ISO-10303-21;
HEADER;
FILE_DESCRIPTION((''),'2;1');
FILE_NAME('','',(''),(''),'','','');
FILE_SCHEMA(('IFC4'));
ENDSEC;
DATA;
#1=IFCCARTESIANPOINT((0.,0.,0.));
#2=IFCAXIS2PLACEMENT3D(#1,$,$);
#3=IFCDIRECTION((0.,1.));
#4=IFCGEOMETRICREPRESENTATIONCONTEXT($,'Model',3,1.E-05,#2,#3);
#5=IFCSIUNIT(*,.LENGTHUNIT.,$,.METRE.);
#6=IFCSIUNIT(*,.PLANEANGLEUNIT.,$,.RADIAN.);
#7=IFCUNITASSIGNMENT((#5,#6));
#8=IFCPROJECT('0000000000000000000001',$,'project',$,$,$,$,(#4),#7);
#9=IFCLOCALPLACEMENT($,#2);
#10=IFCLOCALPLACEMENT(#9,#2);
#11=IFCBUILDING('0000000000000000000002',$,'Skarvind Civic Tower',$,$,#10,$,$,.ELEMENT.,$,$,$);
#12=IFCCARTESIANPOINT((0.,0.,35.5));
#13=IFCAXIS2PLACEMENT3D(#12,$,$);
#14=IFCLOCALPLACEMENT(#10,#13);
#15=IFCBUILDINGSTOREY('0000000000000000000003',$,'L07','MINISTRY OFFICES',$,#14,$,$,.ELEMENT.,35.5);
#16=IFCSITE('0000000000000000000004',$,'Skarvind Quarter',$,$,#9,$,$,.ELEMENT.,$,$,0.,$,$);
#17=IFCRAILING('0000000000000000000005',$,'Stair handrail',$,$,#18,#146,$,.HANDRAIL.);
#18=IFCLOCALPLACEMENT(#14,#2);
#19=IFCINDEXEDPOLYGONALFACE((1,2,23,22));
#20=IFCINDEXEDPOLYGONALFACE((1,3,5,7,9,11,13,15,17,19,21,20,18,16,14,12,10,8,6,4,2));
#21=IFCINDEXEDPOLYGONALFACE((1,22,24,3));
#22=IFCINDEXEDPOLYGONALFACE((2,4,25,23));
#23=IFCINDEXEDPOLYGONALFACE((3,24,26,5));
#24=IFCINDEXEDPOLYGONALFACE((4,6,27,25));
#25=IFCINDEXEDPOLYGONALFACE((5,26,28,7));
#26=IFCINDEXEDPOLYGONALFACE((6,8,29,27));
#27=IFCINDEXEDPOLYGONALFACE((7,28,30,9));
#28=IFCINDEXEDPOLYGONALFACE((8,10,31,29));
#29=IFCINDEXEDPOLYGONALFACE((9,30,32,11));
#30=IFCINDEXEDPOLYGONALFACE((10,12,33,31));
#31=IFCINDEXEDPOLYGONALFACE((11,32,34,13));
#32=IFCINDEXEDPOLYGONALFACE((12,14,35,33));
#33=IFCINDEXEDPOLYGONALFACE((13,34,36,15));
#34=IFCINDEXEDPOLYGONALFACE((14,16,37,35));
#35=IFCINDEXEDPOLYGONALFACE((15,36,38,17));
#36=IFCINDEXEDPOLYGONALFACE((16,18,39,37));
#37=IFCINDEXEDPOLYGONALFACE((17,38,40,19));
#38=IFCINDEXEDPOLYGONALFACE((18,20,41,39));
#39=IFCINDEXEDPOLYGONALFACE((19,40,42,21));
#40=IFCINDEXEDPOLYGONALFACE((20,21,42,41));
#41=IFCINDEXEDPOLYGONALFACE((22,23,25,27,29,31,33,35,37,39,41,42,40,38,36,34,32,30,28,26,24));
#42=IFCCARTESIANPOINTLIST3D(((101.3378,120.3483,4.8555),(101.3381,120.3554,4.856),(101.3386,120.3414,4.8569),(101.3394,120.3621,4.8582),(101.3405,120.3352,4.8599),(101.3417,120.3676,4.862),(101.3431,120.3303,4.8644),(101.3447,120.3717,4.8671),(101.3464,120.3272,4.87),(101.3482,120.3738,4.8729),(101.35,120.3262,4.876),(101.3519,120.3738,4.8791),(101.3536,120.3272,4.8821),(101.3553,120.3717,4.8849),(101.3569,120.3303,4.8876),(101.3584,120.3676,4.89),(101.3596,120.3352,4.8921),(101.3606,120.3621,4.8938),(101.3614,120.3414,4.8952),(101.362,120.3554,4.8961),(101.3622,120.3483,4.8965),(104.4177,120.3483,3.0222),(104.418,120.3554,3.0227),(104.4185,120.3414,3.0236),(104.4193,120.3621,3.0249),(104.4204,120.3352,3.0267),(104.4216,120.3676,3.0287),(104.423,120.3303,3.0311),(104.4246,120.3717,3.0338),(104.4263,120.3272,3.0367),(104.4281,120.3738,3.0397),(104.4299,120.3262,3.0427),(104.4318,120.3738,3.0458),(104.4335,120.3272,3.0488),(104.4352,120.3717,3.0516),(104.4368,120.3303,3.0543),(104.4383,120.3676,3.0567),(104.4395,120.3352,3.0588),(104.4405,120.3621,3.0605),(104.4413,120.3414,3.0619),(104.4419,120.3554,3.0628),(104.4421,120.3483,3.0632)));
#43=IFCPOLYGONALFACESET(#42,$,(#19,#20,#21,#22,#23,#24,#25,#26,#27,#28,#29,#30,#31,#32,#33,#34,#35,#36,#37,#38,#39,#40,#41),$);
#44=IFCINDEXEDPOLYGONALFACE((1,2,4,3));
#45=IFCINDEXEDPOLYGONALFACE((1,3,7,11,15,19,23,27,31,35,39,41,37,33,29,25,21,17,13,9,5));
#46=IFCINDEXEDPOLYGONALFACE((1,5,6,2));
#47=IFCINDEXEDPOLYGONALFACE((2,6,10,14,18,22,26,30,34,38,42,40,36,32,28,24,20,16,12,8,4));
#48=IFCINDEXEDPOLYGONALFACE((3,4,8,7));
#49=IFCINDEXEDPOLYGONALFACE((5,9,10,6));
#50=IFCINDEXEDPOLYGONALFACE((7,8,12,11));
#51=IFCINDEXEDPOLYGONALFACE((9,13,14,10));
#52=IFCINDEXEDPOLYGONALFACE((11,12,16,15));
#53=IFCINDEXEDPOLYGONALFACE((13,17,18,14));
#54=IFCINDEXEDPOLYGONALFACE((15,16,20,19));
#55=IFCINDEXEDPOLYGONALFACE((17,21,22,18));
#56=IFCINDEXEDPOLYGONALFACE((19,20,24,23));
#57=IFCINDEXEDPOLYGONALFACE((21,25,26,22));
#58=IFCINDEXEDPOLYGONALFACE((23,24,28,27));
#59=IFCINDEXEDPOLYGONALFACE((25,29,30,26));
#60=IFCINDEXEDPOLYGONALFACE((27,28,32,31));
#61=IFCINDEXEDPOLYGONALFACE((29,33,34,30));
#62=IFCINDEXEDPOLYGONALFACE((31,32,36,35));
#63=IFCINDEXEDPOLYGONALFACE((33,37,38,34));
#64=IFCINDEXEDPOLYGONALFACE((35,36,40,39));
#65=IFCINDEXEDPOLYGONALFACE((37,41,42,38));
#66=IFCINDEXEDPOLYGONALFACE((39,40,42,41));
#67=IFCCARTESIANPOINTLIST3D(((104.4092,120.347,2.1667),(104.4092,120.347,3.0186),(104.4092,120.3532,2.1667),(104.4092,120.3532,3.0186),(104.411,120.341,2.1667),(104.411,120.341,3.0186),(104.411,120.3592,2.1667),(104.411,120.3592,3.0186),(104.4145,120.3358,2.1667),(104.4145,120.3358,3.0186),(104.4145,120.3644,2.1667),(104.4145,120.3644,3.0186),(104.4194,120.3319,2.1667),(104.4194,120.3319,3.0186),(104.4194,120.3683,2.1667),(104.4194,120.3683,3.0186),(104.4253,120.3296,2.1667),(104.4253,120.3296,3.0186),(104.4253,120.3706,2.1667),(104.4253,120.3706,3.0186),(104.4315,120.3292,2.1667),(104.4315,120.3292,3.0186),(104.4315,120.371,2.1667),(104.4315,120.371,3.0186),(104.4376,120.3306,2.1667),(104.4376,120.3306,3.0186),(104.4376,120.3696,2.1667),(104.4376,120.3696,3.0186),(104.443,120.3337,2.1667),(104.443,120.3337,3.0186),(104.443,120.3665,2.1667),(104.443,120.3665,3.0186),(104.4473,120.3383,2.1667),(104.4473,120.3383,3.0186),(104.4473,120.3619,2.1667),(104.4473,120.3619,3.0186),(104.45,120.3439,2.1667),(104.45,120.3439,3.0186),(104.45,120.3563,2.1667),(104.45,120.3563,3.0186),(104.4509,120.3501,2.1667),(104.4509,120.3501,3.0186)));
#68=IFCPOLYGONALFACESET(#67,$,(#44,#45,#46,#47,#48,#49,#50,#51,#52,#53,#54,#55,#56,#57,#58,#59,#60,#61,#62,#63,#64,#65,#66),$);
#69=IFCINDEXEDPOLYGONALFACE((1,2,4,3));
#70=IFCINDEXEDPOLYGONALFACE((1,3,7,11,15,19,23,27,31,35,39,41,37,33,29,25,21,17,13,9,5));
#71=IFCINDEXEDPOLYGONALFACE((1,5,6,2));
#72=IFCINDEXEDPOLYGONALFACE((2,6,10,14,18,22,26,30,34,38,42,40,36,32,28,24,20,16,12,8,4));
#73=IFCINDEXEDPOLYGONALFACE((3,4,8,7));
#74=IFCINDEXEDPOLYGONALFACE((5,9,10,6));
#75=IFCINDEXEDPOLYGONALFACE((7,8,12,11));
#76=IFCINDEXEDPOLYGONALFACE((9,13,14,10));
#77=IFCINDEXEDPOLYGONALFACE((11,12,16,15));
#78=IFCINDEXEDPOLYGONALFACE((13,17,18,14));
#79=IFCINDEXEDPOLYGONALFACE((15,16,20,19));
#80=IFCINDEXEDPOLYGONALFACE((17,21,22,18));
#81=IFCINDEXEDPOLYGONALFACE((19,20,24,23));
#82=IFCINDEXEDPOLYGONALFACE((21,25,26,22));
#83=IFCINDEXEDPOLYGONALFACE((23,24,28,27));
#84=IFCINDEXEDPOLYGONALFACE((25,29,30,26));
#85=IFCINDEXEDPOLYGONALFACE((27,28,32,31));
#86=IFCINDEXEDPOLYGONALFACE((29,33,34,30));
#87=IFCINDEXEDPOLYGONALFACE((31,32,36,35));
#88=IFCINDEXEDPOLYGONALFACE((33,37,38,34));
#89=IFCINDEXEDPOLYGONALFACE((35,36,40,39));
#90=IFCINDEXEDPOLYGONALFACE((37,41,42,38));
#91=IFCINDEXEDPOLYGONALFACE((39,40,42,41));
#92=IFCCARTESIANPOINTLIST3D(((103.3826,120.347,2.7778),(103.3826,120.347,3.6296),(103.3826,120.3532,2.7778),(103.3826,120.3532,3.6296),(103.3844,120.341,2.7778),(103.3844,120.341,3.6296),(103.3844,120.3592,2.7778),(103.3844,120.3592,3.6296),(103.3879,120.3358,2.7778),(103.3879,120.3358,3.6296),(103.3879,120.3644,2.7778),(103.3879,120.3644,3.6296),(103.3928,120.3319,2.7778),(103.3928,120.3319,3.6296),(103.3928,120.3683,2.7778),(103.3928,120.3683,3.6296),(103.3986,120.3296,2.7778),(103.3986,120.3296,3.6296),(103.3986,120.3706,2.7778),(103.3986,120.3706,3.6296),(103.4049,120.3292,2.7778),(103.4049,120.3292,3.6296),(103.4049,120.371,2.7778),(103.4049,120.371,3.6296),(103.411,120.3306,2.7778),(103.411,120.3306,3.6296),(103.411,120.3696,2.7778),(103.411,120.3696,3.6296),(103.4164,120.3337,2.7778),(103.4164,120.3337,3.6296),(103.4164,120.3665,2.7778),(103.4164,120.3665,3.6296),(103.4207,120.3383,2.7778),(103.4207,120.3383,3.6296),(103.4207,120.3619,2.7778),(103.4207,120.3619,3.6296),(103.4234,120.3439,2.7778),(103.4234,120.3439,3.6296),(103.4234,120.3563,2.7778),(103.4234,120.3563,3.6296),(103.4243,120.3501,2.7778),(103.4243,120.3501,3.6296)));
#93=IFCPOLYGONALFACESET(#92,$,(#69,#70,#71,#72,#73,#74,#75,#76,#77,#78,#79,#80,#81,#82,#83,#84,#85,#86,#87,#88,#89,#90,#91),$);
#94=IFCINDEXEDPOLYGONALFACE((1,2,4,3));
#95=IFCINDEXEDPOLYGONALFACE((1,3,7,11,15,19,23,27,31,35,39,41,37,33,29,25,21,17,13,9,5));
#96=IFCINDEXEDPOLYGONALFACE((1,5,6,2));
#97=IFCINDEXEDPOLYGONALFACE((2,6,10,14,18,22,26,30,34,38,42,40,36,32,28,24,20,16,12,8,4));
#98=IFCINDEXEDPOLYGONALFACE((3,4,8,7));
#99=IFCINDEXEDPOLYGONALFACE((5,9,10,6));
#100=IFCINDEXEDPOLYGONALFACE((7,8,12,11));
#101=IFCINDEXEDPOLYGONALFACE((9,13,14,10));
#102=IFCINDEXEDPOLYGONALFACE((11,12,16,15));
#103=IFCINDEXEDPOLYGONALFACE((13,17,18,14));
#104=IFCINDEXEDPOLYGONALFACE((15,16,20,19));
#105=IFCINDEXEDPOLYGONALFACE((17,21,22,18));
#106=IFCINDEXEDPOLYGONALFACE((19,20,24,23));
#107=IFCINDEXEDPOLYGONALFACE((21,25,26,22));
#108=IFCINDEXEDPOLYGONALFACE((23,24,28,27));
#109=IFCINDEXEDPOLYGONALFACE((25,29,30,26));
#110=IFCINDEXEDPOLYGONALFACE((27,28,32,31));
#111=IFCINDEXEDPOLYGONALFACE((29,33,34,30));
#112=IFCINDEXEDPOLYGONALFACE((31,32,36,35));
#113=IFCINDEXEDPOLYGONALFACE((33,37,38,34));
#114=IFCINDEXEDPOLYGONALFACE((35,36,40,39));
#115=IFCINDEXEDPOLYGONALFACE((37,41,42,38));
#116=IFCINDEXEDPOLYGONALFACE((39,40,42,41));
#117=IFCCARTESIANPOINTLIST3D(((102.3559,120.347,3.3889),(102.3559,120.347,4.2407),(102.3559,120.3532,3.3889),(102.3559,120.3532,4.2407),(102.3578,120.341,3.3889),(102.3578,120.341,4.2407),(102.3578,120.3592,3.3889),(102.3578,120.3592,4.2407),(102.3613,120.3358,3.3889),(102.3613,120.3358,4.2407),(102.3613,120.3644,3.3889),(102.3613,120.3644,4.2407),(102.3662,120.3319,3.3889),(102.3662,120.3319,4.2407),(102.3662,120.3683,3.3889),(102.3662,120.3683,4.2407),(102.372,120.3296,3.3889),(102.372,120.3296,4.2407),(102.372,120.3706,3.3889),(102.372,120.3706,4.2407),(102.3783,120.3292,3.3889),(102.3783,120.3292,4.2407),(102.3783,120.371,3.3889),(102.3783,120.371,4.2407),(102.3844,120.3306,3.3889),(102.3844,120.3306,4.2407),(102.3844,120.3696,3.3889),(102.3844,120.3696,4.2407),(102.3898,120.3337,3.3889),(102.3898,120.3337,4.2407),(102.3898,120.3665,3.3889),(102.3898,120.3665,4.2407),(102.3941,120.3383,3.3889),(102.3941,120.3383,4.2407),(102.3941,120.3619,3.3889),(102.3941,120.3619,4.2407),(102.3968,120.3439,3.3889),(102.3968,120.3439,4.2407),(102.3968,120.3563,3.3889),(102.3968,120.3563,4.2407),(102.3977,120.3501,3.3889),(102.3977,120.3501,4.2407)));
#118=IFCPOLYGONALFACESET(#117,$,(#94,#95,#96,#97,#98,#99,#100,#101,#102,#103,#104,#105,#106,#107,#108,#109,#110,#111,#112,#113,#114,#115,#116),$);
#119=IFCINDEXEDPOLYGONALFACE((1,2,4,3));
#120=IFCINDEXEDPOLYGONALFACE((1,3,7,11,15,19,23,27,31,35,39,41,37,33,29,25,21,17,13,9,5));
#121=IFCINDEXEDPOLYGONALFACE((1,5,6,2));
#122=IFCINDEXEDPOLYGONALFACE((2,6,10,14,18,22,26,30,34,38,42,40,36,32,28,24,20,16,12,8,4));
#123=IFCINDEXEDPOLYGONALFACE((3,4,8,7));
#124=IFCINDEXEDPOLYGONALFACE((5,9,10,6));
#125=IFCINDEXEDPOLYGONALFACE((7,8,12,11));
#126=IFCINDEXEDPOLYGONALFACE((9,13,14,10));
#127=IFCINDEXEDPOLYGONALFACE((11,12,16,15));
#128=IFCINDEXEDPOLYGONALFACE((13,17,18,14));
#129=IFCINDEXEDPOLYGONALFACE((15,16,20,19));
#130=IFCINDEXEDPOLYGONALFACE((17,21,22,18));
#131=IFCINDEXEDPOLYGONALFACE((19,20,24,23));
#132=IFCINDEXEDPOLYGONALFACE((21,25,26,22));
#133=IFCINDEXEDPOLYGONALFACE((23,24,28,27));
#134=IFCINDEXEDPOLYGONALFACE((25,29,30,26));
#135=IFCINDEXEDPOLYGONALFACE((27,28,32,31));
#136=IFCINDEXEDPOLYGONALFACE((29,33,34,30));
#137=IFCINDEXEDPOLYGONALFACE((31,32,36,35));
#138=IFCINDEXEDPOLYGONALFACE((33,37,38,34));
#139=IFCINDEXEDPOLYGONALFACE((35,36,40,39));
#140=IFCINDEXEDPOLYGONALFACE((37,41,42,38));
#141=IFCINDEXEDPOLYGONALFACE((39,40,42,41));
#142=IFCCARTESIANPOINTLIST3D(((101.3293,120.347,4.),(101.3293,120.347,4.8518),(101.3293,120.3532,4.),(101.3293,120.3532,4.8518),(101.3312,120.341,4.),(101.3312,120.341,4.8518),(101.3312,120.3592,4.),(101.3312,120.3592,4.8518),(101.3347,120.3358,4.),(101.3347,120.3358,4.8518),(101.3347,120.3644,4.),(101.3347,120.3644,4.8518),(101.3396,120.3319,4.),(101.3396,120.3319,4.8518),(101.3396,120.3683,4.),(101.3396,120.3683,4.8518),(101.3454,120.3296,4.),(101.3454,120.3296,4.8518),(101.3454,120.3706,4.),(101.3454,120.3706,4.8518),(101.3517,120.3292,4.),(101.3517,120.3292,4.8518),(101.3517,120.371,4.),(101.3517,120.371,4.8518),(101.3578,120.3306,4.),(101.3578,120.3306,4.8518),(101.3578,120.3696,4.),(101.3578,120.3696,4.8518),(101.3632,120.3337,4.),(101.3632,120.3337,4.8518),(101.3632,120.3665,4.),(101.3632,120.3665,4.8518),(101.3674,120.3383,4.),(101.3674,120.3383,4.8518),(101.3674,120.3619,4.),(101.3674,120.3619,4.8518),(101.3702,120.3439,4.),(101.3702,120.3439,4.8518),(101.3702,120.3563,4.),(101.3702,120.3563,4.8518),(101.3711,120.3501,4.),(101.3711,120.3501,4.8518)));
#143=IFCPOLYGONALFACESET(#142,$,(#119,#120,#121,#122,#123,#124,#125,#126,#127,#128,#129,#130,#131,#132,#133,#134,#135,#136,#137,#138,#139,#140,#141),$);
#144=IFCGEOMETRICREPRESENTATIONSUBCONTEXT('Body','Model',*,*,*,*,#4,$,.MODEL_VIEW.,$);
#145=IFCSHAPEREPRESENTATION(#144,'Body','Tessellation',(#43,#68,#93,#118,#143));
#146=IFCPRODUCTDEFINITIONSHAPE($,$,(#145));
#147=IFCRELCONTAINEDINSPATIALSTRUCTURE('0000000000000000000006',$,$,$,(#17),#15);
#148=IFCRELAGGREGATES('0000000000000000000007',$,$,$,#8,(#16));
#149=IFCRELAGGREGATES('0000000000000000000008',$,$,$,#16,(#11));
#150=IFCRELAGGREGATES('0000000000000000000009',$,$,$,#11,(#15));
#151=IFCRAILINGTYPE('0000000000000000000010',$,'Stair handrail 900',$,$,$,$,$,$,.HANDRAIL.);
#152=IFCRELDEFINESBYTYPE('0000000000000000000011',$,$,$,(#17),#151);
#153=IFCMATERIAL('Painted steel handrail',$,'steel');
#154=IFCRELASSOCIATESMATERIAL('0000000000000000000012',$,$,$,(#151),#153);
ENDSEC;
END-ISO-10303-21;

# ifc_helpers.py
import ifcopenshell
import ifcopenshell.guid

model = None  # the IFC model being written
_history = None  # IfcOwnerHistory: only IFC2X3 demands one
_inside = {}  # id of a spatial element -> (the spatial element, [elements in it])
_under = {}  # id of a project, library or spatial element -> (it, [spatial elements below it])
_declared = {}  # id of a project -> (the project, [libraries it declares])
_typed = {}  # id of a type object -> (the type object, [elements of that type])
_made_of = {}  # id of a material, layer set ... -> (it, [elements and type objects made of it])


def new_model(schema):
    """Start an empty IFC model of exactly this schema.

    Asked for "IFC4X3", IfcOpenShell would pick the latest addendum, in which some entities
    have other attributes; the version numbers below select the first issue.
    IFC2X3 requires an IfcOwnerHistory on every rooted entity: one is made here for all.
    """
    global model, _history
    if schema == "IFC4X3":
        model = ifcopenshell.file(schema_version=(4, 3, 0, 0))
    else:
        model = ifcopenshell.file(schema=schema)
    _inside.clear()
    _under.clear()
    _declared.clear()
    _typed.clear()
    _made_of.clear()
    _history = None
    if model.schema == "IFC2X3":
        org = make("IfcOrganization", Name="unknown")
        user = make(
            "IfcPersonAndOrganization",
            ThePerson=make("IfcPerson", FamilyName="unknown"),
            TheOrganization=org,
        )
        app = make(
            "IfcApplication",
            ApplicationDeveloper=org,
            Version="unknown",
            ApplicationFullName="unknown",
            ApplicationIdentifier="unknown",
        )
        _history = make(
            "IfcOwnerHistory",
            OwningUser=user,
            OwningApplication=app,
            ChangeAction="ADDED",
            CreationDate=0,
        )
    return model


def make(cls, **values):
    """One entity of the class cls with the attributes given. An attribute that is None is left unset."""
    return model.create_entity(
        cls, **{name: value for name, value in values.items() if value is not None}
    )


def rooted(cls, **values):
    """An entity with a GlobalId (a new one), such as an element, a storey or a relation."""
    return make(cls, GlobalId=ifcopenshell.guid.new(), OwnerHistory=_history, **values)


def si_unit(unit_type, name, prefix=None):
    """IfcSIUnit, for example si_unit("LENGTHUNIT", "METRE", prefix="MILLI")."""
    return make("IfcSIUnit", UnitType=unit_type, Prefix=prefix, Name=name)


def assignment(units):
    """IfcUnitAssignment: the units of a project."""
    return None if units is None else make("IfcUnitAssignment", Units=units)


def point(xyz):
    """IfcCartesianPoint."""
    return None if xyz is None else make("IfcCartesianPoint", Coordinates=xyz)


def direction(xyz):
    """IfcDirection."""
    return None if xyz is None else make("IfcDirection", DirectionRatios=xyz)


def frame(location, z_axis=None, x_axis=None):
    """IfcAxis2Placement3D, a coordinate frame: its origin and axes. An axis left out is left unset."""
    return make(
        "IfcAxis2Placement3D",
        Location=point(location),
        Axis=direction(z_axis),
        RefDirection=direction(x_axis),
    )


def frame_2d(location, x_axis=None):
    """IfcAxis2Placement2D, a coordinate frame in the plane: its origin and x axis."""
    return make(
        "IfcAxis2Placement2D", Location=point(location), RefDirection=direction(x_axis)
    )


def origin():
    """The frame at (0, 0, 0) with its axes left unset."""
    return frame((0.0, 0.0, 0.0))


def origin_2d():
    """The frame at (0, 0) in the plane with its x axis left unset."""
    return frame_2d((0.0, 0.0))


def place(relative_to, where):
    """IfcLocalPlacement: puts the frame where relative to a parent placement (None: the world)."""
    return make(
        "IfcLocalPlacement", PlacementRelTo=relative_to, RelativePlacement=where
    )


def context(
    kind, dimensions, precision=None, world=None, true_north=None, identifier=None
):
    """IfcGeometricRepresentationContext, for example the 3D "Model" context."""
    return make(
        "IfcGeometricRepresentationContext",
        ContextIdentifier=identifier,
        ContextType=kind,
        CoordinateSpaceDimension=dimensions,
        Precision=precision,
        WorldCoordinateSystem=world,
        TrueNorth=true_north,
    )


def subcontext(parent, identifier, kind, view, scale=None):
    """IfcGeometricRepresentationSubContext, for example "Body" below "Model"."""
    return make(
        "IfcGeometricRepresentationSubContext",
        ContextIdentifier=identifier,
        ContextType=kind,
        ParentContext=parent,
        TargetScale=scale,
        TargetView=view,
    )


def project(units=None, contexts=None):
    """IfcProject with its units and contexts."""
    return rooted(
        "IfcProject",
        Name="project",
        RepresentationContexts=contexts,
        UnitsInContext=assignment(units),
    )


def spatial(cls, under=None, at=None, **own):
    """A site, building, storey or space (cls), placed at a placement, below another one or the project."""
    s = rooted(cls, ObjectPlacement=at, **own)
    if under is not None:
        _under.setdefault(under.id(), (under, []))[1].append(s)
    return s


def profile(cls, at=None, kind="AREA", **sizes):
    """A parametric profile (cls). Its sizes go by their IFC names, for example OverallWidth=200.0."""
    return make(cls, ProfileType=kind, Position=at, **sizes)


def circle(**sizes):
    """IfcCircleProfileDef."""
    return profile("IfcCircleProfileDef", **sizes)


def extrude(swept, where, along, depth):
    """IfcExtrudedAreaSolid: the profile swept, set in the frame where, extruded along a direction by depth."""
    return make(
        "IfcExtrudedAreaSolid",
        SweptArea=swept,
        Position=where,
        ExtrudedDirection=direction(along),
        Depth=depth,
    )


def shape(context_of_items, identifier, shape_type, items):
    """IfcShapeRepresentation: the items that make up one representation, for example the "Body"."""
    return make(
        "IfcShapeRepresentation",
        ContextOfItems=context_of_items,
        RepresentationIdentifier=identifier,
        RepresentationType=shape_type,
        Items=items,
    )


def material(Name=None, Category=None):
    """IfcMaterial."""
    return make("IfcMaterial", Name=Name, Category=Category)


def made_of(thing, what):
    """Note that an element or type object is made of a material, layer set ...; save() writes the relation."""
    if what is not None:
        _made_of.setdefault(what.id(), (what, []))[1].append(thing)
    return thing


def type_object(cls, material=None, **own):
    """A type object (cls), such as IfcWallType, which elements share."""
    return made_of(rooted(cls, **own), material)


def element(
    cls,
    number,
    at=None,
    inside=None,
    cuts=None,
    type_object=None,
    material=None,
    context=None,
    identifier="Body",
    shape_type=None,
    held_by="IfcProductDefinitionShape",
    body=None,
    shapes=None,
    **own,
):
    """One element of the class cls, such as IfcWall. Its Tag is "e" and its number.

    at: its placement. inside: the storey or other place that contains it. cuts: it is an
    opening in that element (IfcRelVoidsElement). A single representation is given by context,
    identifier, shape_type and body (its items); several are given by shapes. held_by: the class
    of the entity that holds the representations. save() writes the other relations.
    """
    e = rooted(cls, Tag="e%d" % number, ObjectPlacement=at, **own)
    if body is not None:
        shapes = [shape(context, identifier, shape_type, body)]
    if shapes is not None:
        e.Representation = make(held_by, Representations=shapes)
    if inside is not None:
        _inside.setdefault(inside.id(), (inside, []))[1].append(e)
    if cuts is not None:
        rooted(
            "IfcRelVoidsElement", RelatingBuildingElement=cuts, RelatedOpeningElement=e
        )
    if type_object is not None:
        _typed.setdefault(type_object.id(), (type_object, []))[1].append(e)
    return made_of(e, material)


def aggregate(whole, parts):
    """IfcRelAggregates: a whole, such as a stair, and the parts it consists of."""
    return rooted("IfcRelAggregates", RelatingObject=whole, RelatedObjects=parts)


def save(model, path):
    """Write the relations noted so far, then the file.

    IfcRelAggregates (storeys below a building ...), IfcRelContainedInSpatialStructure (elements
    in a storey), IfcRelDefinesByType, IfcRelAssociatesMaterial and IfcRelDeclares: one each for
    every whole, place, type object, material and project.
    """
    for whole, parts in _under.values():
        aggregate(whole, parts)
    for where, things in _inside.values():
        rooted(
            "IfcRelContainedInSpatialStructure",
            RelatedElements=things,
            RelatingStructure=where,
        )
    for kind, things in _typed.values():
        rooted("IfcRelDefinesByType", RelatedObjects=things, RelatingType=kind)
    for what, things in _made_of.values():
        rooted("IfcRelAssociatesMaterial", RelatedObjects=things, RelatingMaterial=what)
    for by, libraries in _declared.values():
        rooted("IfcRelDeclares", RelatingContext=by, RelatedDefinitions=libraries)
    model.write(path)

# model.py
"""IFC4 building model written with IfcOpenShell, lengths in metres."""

from ifc_helpers import new_model, si_unit, direction, frame, origin, origin_2d, place, context, subcontext, project, spatial, circle, extrude, material, type_object, element, save


model = new_model("IFC4")

# Units and contexts
model_context = context("Model", 3, precision=1e-05, world=origin(), true_north=direction((0.0, 1.0)))
body_context = subcontext(model_context, "Body", "Model", "MODEL_VIEW")
ifc_project = project(units=[si_unit("LENGTHUNIT", "METRE"), si_unit("PLANEANGLEUNIT", "RADIAN")], contexts=[model_context])

# Site, building, storey
site_placement = place(None, origin())
site = spatial("IfcSite", under=ifc_project, at=site_placement, Name="Skarvind Quarter", CompositionType="ELEMENT", RefElevation=0.0)
building_placement = place(site_placement, origin())
building = spatial("IfcBuilding", under=site, at=building_placement, Name="Skarvind Civic Tower", CompositionType="ELEMENT")
storey_placement = place(building_placement, frame((0.0, 0.0, 35.5)))
storey = spatial("IfcBuildingStorey", under=building, at=storey_placement, Name="L07", Description="MINISTRY OFFICES", CompositionType="ELEMENT", Elevation=35.5)

# Railing
ifc_material_1 = material(Name="Painted steel handrail", Category="steel")
railing_type = type_object("IfcRailingType", Name="Stair handrail 900", PredefinedType="HANDRAIL", material=ifc_material_1)
railing_1_placement = place(storey_placement, frame((104.4299, 120.3501, 2.1667)))
element("IfcRailing", 1, at=railing_1_placement, inside=storey, type_object=railing_type, Name="Stair handrail", PredefinedType="HANDRAIL", context=body_context, shape_type="SweptSolid", body=[
    extrude(circle(Radius=0.0239, at=origin_2d()), frame((0.0, 0.0, 0.876), z_axis=(-0.859291, 0.0, 0.511487), x_axis=(0.0, -1.0, 0.0)), (0.0, 0.0, 1.0), 3.5842),
    extrude(circle(Radius=0.021, at=origin_2d()), origin(), (0.0, 0.0, 1.0), 0.8518),
    extrude(circle(Radius=0.021, at=origin_2d()), frame((-1.0266, 0.0, 0.6111)), (0.0, 0.0, 1.0), 0.8518),
    extrude(circle(Radius=0.021, at=origin_2d()), frame((-2.0532, 0.0, 1.2222)), (0.0, 0.0, 1.0), 0.8518),
    extrude(circle(Radius=0.021, at=origin_2d()), frame((-3.0798, 0.0, 1.8333)), (0.0, 0.0, 1.0), 0.8518),
])

save(model, "model.ifc")
